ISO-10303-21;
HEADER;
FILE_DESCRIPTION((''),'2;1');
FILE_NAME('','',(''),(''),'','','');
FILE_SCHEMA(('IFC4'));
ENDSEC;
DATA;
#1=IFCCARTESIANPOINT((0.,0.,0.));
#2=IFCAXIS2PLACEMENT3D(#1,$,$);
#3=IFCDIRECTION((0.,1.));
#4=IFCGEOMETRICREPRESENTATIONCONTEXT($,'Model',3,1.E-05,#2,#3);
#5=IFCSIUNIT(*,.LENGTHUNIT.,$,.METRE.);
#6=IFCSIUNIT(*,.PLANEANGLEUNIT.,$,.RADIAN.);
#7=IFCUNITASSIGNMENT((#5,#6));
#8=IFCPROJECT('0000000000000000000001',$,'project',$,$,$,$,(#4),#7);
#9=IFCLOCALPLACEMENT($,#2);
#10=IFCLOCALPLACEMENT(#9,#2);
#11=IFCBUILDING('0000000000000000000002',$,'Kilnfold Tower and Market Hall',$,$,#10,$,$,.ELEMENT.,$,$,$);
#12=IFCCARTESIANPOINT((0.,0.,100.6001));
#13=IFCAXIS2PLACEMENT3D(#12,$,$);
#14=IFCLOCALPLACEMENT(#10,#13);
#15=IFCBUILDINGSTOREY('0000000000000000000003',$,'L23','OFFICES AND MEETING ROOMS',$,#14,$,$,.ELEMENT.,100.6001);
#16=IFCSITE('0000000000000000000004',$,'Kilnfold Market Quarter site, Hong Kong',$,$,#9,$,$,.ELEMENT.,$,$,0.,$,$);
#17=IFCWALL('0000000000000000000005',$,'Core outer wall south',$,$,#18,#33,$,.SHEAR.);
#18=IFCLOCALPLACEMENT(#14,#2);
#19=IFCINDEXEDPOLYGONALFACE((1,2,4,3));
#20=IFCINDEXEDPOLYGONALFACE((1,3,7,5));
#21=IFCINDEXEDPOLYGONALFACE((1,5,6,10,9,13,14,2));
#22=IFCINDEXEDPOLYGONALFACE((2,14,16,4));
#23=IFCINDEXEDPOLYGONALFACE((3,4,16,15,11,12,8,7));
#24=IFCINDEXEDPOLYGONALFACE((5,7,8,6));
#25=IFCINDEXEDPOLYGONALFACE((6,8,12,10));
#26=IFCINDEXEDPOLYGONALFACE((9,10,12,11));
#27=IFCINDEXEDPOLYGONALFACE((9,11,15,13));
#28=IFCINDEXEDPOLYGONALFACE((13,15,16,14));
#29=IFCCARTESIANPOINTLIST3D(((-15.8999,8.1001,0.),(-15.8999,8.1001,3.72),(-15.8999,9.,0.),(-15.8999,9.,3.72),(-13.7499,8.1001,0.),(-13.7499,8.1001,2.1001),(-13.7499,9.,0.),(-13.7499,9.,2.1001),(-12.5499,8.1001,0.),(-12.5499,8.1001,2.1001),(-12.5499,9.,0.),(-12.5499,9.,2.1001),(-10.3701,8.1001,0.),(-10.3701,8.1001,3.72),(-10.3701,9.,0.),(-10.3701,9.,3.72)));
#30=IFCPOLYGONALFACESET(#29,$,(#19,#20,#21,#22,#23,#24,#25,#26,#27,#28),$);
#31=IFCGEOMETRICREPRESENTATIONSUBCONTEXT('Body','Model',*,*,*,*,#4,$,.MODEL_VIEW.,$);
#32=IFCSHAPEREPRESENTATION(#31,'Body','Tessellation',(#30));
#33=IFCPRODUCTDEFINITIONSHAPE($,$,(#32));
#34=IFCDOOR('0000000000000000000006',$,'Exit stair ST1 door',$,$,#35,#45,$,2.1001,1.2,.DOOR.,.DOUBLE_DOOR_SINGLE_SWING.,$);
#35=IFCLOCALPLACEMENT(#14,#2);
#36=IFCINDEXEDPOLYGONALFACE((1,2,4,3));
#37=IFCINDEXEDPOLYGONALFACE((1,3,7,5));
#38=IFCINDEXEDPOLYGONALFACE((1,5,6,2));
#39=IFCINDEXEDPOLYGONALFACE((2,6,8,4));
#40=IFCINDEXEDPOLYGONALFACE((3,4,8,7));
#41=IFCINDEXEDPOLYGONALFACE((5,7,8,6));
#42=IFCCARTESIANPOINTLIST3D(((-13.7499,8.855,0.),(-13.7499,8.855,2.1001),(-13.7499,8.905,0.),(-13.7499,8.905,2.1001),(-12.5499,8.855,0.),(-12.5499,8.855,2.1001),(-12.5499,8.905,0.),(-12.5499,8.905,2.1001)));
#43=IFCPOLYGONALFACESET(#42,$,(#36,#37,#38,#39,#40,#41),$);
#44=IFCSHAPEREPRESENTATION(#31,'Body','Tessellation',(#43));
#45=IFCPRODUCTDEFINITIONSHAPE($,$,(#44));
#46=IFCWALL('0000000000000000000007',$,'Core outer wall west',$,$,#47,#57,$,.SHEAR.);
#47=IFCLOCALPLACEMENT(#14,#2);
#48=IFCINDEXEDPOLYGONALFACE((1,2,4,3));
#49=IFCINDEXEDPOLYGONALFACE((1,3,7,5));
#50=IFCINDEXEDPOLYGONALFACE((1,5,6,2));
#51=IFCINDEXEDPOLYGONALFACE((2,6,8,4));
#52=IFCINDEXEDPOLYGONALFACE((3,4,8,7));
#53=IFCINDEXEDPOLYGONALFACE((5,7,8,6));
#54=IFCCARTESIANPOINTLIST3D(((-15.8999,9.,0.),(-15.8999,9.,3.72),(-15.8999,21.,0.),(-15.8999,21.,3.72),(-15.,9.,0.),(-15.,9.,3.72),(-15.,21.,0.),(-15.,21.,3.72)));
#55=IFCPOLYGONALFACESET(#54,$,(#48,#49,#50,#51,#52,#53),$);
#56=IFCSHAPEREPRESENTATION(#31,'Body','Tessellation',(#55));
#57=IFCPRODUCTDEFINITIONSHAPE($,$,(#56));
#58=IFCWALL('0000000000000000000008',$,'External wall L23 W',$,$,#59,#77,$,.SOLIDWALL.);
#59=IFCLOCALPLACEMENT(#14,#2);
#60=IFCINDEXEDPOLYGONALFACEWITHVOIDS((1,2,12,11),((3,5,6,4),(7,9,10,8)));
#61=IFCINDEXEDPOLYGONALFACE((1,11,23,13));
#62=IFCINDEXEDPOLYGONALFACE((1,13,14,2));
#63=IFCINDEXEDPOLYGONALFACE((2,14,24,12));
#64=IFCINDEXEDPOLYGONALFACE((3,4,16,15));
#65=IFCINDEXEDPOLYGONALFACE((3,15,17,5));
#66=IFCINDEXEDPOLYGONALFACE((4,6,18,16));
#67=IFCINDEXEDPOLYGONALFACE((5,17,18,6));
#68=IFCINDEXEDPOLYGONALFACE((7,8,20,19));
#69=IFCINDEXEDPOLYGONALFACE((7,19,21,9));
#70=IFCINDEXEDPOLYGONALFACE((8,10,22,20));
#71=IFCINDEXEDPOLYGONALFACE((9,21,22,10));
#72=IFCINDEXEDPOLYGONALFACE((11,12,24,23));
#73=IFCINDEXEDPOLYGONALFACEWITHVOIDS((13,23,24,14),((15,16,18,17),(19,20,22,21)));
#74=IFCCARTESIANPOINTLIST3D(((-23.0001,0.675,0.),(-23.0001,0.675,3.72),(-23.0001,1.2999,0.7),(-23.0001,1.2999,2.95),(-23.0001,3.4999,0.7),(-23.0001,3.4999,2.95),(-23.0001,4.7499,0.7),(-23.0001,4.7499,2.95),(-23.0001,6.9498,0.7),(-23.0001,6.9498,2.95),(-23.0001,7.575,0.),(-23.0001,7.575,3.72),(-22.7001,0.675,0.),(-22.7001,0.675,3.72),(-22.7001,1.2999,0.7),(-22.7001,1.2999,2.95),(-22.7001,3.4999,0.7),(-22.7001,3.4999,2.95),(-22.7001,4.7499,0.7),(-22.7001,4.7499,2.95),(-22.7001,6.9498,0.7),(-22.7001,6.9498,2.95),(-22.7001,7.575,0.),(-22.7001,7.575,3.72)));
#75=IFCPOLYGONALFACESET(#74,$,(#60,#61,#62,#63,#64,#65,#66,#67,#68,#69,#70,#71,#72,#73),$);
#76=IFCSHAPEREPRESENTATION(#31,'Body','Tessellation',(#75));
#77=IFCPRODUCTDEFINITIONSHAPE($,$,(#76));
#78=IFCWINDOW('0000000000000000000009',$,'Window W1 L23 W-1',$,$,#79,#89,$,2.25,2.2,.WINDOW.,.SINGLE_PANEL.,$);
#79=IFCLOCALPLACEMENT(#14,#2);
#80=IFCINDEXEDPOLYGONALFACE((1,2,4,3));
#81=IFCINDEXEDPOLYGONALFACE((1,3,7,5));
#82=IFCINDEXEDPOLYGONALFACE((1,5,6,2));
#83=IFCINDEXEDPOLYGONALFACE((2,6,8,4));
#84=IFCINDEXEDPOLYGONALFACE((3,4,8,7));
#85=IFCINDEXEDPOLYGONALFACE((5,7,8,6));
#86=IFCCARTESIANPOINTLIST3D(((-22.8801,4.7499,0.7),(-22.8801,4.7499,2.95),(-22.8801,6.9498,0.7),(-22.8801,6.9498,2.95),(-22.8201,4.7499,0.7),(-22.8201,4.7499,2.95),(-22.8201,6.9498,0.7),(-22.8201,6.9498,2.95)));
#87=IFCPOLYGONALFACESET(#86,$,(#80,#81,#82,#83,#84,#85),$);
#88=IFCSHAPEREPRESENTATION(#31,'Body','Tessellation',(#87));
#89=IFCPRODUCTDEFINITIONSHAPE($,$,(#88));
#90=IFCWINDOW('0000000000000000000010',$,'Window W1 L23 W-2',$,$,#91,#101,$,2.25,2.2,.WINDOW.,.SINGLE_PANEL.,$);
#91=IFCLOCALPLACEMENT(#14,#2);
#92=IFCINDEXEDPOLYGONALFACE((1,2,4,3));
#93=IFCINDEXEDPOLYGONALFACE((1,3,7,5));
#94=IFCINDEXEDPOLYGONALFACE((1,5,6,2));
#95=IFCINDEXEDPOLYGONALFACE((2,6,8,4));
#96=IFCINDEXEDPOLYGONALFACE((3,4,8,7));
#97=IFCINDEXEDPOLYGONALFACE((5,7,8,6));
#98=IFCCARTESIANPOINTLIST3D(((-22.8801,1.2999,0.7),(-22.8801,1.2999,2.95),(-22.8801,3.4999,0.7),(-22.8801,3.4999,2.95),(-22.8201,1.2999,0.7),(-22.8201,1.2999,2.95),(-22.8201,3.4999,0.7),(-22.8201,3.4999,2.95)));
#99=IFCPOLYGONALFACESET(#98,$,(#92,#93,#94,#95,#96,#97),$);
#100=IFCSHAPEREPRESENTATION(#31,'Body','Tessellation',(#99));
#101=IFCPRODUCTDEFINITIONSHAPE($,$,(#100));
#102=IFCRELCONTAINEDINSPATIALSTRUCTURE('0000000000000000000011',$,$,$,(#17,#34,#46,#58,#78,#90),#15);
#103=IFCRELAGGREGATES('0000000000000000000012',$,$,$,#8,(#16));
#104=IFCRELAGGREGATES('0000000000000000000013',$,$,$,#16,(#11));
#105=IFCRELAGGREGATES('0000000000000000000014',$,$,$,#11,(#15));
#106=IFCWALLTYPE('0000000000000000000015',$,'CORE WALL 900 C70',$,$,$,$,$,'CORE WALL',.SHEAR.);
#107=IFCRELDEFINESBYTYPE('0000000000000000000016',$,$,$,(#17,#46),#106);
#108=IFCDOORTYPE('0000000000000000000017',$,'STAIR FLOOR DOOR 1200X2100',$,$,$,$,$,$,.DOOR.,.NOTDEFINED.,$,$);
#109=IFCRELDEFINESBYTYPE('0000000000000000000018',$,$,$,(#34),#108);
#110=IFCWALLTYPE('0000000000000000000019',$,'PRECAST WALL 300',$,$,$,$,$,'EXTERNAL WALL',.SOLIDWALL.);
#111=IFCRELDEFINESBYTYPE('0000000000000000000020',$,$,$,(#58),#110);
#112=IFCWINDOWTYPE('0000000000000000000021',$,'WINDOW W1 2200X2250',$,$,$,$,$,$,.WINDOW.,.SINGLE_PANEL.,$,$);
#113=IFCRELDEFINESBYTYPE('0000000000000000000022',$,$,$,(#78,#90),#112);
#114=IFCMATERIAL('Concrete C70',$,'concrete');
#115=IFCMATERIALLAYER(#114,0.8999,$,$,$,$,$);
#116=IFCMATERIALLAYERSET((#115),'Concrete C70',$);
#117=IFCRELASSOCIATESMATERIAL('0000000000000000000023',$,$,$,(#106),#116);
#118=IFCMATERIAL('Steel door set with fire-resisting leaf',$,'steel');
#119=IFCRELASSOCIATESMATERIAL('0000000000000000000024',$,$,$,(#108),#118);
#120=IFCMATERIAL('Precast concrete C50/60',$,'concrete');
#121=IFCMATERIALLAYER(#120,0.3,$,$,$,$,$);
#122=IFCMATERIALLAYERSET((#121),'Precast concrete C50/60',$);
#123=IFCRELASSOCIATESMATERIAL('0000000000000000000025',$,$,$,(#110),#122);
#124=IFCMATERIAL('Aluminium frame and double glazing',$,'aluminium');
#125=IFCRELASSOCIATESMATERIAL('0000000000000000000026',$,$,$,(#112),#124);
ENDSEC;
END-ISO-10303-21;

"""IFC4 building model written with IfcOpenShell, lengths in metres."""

from ifc_helpers import new_model, si_unit, direction, frame, frame_2d, origin, place, context, subcontext, project, spatial, rectangle, extrude, source, transform, mapped, material, layer, layer_set, type_object, element, fill, save


model = new_model("IFC4")

# Units and contexts
model_context = context("Model", 3, precision=1e-05, world=origin(), true_north=direction((0.0, 1.0)))
body_context = subcontext(model_context, "Body", "Model", "MODEL_VIEW")
ifc_project = project(units=[si_unit("LENGTHUNIT", "METRE"), si_unit("PLANEANGLEUNIT", "RADIAN")], contexts=[model_context])

# Site, building, storey
site_placement = place(None, origin())
site = spatial("IfcSite", under=ifc_project, at=site_placement, Name="Kilnfold Market Quarter site, Hong Kong", CompositionType="ELEMENT", RefElevation=0.0)
building_placement = place(site_placement, origin())
building = spatial("IfcBuilding", under=site, at=building_placement, Name="Kilnfold Tower and Market Hall", CompositionType="ELEMENT")
storey_placement = place(building_placement, frame((0.0, 0.0, 100.6001)))
storey = spatial("IfcBuildingStorey", under=building, at=storey_placement, Name="L23", Description="OFFICES AND MEETING ROOMS", CompositionType="ELEMENT", Elevation=100.6001)

# Wall, opening, door
ifc_material_1 = material(Name="Concrete C70", Category="concrete")
ifc_layer_1 = layer(ifc_material_1, 0.8999)
ifc_layer_set_1 = layer_set([ifc_layer_1], Name="Concrete C70")
wall_type_1 = type_object("IfcWallType", Name="CORE WALL 900 C70", ElementType="CORE WALL", PredefinedType="SHEAR", material=ifc_layer_set_1)
shared_shape_1 = source(origin(), body_context, "Body", "SweptSolid", [
    extrude(rectangle(XDim=5.5298, YDim=0.8999, at=frame_2d((2.7649, 0.0))), origin(), (0.0, 0.0, 1.0), 3.72),
])
wall_1_placement = place(storey_placement, frame((-15.8999, 8.55, 0.0), z_axis=(0.0, 0.0, 1.0), x_axis=(1.0, 0.0, 0.0)))
wall_1 = element("IfcWall", 1, at=wall_1_placement, inside=storey, type_object=wall_type_1, Name="Core outer wall south", PredefinedType="SHEAR", context=body_context, shape_type="MappedRepresentation", body=[
    mapped(shared_shape_1, transform((0.0, 0.0, 0.0))),
])
opening_1_placement = place(wall_1_placement, frame((2.1499, 0.0, 0.0)))
opening_1 = element("IfcOpeningElement", 2, at=opening_1_placement, cuts=wall_1, PredefinedType="OPENING", context=body_context, shape_type="SweptSolid", body=[
    extrude(rectangle(XDim=1.2, YDim=2.1001, at=frame_2d((0.6001, 1.05))), frame((0.0, 0.46, 0.0), z_axis=(0.0, -1.0, 0.0), x_axis=(1.0, 0.0, 0.0)), (0.0, 0.0, 1.0), 0.9199),
])
ifc_material_2 = material(Name="Steel door set with fire-resisting leaf", Category="steel")
door_type_1 = type_object("IfcDoorType", Name="STAIR FLOOR DOOR 1200X2100", OperationType="NOTDEFINED", PredefinedType="DOOR", material=ifc_material_2)
door_1_placement = place(opening_1_placement, origin())
door_1 = element("IfcDoor", 3, at=door_1_placement, inside=storey, type_object=door_type_1, Name="Exit stair ST1 door", OperationType="DOUBLE_DOOR_SINGLE_SWING", OverallHeight=2.1001, OverallWidth=1.2, PredefinedType="DOOR", context=body_context, shape_type="SweptSolid", body=[
    extrude(rectangle(XDim=1.2, YDim=2.1001, at=frame_2d((0.6001, 1.05))), frame((0.0, 0.355, 0.0), z_axis=(0.0, -1.0, 0.0), x_axis=(1.0, 0.0, 0.0)), (0.0, 0.0, 1.0), 0.05),
])
fill(opening_1, door_1)

# Wall
shared_shape_2 = source(origin(), body_context, "Body", "SweptSolid", [
    extrude(rectangle(XDim=12.0, YDim=0.8999, at=frame_2d((6.0, 0.0))), origin(), (0.0, 0.0, 1.0), 3.72),
])
wall_2_placement = place(storey_placement, frame((-15.45, 9.0, 0.0), z_axis=(0.0, 0.0, 1.0), x_axis=(0.0, 1.0, 0.0)))
element("IfcWall", 4, at=wall_2_placement, inside=storey, type_object=wall_type_1, Name="Core outer wall west", PredefinedType="SHEAR", context=body_context, shape_type="MappedRepresentation", body=[
    mapped(shared_shape_2, transform((0.0, 0.0, 0.0))),
])

# Wall, openings, windows
ifc_material_3 = material(Name="Precast concrete C50/60", Category="concrete")
ifc_layer_2 = layer(ifc_material_3, 0.3)
ifc_layer_set_2 = layer_set([ifc_layer_2], Name="Precast concrete C50/60")
wall_type_2 = type_object("IfcWallType", Name="PRECAST WALL 300", ElementType="EXTERNAL WALL", PredefinedType="SOLIDWALL", material=ifc_layer_set_2)
shared_shape_3 = source(origin(), body_context, "Body", "SweptSolid", [
    extrude(rectangle(XDim=6.8999, YDim=0.3, at=frame_2d((3.45, 0.0))), origin(), (0.0, 0.0, 1.0), 3.72),
])
wall_3_placement = place(storey_placement, frame((-22.8501, 7.575, 0.0), z_axis=(0.0, 0.0, 1.0), x_axis=(0.0, -1.0, 0.0)))
wall_3 = element("IfcWall", 5, at=wall_3_placement, inside=storey, type_object=wall_type_2, Name="External wall L23 W", PredefinedType="SOLIDWALL", context=body_context, shape_type="MappedRepresentation", body=[
    mapped(shared_shape_3, transform((0.0, 0.0, 0.0))),
])
opening_2_placement = place(wall_3_placement, frame((0.625, 0.0, 0.7)))
opening_2 = element("IfcOpeningElement", 6, at=opening_2_placement, cuts=wall_3, PredefinedType="OPENING", context=body_context, shape_type="SweptSolid", body=[
    extrude(rectangle(XDim=2.2, YDim=2.25, at=frame_2d((1.1001, 1.125))), frame((0.0, 0.1602, 0.0), z_axis=(0.0, -1.0, 0.0), x_axis=(1.0, 0.0, 0.0)), (0.0, 0.0, 1.0), 0.3201),
])
opening_3_placement = place(wall_3_placement, frame((4.075, 0.0, 0.7)))
opening_3 = element("IfcOpeningElement", 7, at=opening_3_placement, cuts=wall_3, PredefinedType="OPENING", context=body_context, shape_type="SweptSolid", body=[
    extrude(rectangle(XDim=2.2, YDim=2.25, at=frame_2d((1.1001, 1.125))), frame((0.0, 0.1602, 0.0), z_axis=(0.0, -1.0, 0.0), x_axis=(1.0, 0.0, 0.0)), (0.0, 0.0, 1.0), 0.3201),
])
ifc_material_4 = material(Name="Aluminium frame and double glazing", Category="aluminium")
window_type = type_object("IfcWindowType", Name="WINDOW W1 2200X2250", PartitioningType="SINGLE_PANEL", PredefinedType="WINDOW", material=ifc_material_4)
window_1_placement = place(opening_2_placement, origin())
window_1 = element("IfcWindow", 8, at=window_1_placement, inside=storey, type_object=window_type, Name="Window W1 L23 W-1", OverallHeight=2.25, OverallWidth=2.2, PartitioningType="SINGLE_PANEL", PredefinedType="WINDOW", context=body_context, shape_type="SweptSolid", body=[
    extrude(rectangle(XDim=2.2, YDim=2.25, at=frame_2d((1.1001, 1.125))), frame((0.0, 0.03, 0.0), z_axis=(0.0, -1.0, 0.0), x_axis=(1.0, 0.0, 0.0)), (0.0, 0.0, 1.0), 0.0601),
])
fill(opening_2, window_1)
window_2_placement = place(opening_3_placement, origin())
window_2 = element("IfcWindow", 9, at=window_2_placement, inside=storey, type_object=window_type, Name="Window W1 L23 W-2", OverallHeight=2.25, OverallWidth=2.2, PartitioningType="SINGLE_PANEL", PredefinedType="WINDOW", context=body_context, shape_type="SweptSolid", body=[
    extrude(rectangle(XDim=2.2, YDim=2.25, at=frame_2d((1.1001, 1.125))), frame((0.0, 0.03, 0.0), z_axis=(0.0, -1.0, 0.0), x_axis=(1.0, 0.0, 0.0)), (0.0, 0.0, 1.0), 0.0601),
])
fill(opening_3, window_2)

save(model, "model.ifc")
